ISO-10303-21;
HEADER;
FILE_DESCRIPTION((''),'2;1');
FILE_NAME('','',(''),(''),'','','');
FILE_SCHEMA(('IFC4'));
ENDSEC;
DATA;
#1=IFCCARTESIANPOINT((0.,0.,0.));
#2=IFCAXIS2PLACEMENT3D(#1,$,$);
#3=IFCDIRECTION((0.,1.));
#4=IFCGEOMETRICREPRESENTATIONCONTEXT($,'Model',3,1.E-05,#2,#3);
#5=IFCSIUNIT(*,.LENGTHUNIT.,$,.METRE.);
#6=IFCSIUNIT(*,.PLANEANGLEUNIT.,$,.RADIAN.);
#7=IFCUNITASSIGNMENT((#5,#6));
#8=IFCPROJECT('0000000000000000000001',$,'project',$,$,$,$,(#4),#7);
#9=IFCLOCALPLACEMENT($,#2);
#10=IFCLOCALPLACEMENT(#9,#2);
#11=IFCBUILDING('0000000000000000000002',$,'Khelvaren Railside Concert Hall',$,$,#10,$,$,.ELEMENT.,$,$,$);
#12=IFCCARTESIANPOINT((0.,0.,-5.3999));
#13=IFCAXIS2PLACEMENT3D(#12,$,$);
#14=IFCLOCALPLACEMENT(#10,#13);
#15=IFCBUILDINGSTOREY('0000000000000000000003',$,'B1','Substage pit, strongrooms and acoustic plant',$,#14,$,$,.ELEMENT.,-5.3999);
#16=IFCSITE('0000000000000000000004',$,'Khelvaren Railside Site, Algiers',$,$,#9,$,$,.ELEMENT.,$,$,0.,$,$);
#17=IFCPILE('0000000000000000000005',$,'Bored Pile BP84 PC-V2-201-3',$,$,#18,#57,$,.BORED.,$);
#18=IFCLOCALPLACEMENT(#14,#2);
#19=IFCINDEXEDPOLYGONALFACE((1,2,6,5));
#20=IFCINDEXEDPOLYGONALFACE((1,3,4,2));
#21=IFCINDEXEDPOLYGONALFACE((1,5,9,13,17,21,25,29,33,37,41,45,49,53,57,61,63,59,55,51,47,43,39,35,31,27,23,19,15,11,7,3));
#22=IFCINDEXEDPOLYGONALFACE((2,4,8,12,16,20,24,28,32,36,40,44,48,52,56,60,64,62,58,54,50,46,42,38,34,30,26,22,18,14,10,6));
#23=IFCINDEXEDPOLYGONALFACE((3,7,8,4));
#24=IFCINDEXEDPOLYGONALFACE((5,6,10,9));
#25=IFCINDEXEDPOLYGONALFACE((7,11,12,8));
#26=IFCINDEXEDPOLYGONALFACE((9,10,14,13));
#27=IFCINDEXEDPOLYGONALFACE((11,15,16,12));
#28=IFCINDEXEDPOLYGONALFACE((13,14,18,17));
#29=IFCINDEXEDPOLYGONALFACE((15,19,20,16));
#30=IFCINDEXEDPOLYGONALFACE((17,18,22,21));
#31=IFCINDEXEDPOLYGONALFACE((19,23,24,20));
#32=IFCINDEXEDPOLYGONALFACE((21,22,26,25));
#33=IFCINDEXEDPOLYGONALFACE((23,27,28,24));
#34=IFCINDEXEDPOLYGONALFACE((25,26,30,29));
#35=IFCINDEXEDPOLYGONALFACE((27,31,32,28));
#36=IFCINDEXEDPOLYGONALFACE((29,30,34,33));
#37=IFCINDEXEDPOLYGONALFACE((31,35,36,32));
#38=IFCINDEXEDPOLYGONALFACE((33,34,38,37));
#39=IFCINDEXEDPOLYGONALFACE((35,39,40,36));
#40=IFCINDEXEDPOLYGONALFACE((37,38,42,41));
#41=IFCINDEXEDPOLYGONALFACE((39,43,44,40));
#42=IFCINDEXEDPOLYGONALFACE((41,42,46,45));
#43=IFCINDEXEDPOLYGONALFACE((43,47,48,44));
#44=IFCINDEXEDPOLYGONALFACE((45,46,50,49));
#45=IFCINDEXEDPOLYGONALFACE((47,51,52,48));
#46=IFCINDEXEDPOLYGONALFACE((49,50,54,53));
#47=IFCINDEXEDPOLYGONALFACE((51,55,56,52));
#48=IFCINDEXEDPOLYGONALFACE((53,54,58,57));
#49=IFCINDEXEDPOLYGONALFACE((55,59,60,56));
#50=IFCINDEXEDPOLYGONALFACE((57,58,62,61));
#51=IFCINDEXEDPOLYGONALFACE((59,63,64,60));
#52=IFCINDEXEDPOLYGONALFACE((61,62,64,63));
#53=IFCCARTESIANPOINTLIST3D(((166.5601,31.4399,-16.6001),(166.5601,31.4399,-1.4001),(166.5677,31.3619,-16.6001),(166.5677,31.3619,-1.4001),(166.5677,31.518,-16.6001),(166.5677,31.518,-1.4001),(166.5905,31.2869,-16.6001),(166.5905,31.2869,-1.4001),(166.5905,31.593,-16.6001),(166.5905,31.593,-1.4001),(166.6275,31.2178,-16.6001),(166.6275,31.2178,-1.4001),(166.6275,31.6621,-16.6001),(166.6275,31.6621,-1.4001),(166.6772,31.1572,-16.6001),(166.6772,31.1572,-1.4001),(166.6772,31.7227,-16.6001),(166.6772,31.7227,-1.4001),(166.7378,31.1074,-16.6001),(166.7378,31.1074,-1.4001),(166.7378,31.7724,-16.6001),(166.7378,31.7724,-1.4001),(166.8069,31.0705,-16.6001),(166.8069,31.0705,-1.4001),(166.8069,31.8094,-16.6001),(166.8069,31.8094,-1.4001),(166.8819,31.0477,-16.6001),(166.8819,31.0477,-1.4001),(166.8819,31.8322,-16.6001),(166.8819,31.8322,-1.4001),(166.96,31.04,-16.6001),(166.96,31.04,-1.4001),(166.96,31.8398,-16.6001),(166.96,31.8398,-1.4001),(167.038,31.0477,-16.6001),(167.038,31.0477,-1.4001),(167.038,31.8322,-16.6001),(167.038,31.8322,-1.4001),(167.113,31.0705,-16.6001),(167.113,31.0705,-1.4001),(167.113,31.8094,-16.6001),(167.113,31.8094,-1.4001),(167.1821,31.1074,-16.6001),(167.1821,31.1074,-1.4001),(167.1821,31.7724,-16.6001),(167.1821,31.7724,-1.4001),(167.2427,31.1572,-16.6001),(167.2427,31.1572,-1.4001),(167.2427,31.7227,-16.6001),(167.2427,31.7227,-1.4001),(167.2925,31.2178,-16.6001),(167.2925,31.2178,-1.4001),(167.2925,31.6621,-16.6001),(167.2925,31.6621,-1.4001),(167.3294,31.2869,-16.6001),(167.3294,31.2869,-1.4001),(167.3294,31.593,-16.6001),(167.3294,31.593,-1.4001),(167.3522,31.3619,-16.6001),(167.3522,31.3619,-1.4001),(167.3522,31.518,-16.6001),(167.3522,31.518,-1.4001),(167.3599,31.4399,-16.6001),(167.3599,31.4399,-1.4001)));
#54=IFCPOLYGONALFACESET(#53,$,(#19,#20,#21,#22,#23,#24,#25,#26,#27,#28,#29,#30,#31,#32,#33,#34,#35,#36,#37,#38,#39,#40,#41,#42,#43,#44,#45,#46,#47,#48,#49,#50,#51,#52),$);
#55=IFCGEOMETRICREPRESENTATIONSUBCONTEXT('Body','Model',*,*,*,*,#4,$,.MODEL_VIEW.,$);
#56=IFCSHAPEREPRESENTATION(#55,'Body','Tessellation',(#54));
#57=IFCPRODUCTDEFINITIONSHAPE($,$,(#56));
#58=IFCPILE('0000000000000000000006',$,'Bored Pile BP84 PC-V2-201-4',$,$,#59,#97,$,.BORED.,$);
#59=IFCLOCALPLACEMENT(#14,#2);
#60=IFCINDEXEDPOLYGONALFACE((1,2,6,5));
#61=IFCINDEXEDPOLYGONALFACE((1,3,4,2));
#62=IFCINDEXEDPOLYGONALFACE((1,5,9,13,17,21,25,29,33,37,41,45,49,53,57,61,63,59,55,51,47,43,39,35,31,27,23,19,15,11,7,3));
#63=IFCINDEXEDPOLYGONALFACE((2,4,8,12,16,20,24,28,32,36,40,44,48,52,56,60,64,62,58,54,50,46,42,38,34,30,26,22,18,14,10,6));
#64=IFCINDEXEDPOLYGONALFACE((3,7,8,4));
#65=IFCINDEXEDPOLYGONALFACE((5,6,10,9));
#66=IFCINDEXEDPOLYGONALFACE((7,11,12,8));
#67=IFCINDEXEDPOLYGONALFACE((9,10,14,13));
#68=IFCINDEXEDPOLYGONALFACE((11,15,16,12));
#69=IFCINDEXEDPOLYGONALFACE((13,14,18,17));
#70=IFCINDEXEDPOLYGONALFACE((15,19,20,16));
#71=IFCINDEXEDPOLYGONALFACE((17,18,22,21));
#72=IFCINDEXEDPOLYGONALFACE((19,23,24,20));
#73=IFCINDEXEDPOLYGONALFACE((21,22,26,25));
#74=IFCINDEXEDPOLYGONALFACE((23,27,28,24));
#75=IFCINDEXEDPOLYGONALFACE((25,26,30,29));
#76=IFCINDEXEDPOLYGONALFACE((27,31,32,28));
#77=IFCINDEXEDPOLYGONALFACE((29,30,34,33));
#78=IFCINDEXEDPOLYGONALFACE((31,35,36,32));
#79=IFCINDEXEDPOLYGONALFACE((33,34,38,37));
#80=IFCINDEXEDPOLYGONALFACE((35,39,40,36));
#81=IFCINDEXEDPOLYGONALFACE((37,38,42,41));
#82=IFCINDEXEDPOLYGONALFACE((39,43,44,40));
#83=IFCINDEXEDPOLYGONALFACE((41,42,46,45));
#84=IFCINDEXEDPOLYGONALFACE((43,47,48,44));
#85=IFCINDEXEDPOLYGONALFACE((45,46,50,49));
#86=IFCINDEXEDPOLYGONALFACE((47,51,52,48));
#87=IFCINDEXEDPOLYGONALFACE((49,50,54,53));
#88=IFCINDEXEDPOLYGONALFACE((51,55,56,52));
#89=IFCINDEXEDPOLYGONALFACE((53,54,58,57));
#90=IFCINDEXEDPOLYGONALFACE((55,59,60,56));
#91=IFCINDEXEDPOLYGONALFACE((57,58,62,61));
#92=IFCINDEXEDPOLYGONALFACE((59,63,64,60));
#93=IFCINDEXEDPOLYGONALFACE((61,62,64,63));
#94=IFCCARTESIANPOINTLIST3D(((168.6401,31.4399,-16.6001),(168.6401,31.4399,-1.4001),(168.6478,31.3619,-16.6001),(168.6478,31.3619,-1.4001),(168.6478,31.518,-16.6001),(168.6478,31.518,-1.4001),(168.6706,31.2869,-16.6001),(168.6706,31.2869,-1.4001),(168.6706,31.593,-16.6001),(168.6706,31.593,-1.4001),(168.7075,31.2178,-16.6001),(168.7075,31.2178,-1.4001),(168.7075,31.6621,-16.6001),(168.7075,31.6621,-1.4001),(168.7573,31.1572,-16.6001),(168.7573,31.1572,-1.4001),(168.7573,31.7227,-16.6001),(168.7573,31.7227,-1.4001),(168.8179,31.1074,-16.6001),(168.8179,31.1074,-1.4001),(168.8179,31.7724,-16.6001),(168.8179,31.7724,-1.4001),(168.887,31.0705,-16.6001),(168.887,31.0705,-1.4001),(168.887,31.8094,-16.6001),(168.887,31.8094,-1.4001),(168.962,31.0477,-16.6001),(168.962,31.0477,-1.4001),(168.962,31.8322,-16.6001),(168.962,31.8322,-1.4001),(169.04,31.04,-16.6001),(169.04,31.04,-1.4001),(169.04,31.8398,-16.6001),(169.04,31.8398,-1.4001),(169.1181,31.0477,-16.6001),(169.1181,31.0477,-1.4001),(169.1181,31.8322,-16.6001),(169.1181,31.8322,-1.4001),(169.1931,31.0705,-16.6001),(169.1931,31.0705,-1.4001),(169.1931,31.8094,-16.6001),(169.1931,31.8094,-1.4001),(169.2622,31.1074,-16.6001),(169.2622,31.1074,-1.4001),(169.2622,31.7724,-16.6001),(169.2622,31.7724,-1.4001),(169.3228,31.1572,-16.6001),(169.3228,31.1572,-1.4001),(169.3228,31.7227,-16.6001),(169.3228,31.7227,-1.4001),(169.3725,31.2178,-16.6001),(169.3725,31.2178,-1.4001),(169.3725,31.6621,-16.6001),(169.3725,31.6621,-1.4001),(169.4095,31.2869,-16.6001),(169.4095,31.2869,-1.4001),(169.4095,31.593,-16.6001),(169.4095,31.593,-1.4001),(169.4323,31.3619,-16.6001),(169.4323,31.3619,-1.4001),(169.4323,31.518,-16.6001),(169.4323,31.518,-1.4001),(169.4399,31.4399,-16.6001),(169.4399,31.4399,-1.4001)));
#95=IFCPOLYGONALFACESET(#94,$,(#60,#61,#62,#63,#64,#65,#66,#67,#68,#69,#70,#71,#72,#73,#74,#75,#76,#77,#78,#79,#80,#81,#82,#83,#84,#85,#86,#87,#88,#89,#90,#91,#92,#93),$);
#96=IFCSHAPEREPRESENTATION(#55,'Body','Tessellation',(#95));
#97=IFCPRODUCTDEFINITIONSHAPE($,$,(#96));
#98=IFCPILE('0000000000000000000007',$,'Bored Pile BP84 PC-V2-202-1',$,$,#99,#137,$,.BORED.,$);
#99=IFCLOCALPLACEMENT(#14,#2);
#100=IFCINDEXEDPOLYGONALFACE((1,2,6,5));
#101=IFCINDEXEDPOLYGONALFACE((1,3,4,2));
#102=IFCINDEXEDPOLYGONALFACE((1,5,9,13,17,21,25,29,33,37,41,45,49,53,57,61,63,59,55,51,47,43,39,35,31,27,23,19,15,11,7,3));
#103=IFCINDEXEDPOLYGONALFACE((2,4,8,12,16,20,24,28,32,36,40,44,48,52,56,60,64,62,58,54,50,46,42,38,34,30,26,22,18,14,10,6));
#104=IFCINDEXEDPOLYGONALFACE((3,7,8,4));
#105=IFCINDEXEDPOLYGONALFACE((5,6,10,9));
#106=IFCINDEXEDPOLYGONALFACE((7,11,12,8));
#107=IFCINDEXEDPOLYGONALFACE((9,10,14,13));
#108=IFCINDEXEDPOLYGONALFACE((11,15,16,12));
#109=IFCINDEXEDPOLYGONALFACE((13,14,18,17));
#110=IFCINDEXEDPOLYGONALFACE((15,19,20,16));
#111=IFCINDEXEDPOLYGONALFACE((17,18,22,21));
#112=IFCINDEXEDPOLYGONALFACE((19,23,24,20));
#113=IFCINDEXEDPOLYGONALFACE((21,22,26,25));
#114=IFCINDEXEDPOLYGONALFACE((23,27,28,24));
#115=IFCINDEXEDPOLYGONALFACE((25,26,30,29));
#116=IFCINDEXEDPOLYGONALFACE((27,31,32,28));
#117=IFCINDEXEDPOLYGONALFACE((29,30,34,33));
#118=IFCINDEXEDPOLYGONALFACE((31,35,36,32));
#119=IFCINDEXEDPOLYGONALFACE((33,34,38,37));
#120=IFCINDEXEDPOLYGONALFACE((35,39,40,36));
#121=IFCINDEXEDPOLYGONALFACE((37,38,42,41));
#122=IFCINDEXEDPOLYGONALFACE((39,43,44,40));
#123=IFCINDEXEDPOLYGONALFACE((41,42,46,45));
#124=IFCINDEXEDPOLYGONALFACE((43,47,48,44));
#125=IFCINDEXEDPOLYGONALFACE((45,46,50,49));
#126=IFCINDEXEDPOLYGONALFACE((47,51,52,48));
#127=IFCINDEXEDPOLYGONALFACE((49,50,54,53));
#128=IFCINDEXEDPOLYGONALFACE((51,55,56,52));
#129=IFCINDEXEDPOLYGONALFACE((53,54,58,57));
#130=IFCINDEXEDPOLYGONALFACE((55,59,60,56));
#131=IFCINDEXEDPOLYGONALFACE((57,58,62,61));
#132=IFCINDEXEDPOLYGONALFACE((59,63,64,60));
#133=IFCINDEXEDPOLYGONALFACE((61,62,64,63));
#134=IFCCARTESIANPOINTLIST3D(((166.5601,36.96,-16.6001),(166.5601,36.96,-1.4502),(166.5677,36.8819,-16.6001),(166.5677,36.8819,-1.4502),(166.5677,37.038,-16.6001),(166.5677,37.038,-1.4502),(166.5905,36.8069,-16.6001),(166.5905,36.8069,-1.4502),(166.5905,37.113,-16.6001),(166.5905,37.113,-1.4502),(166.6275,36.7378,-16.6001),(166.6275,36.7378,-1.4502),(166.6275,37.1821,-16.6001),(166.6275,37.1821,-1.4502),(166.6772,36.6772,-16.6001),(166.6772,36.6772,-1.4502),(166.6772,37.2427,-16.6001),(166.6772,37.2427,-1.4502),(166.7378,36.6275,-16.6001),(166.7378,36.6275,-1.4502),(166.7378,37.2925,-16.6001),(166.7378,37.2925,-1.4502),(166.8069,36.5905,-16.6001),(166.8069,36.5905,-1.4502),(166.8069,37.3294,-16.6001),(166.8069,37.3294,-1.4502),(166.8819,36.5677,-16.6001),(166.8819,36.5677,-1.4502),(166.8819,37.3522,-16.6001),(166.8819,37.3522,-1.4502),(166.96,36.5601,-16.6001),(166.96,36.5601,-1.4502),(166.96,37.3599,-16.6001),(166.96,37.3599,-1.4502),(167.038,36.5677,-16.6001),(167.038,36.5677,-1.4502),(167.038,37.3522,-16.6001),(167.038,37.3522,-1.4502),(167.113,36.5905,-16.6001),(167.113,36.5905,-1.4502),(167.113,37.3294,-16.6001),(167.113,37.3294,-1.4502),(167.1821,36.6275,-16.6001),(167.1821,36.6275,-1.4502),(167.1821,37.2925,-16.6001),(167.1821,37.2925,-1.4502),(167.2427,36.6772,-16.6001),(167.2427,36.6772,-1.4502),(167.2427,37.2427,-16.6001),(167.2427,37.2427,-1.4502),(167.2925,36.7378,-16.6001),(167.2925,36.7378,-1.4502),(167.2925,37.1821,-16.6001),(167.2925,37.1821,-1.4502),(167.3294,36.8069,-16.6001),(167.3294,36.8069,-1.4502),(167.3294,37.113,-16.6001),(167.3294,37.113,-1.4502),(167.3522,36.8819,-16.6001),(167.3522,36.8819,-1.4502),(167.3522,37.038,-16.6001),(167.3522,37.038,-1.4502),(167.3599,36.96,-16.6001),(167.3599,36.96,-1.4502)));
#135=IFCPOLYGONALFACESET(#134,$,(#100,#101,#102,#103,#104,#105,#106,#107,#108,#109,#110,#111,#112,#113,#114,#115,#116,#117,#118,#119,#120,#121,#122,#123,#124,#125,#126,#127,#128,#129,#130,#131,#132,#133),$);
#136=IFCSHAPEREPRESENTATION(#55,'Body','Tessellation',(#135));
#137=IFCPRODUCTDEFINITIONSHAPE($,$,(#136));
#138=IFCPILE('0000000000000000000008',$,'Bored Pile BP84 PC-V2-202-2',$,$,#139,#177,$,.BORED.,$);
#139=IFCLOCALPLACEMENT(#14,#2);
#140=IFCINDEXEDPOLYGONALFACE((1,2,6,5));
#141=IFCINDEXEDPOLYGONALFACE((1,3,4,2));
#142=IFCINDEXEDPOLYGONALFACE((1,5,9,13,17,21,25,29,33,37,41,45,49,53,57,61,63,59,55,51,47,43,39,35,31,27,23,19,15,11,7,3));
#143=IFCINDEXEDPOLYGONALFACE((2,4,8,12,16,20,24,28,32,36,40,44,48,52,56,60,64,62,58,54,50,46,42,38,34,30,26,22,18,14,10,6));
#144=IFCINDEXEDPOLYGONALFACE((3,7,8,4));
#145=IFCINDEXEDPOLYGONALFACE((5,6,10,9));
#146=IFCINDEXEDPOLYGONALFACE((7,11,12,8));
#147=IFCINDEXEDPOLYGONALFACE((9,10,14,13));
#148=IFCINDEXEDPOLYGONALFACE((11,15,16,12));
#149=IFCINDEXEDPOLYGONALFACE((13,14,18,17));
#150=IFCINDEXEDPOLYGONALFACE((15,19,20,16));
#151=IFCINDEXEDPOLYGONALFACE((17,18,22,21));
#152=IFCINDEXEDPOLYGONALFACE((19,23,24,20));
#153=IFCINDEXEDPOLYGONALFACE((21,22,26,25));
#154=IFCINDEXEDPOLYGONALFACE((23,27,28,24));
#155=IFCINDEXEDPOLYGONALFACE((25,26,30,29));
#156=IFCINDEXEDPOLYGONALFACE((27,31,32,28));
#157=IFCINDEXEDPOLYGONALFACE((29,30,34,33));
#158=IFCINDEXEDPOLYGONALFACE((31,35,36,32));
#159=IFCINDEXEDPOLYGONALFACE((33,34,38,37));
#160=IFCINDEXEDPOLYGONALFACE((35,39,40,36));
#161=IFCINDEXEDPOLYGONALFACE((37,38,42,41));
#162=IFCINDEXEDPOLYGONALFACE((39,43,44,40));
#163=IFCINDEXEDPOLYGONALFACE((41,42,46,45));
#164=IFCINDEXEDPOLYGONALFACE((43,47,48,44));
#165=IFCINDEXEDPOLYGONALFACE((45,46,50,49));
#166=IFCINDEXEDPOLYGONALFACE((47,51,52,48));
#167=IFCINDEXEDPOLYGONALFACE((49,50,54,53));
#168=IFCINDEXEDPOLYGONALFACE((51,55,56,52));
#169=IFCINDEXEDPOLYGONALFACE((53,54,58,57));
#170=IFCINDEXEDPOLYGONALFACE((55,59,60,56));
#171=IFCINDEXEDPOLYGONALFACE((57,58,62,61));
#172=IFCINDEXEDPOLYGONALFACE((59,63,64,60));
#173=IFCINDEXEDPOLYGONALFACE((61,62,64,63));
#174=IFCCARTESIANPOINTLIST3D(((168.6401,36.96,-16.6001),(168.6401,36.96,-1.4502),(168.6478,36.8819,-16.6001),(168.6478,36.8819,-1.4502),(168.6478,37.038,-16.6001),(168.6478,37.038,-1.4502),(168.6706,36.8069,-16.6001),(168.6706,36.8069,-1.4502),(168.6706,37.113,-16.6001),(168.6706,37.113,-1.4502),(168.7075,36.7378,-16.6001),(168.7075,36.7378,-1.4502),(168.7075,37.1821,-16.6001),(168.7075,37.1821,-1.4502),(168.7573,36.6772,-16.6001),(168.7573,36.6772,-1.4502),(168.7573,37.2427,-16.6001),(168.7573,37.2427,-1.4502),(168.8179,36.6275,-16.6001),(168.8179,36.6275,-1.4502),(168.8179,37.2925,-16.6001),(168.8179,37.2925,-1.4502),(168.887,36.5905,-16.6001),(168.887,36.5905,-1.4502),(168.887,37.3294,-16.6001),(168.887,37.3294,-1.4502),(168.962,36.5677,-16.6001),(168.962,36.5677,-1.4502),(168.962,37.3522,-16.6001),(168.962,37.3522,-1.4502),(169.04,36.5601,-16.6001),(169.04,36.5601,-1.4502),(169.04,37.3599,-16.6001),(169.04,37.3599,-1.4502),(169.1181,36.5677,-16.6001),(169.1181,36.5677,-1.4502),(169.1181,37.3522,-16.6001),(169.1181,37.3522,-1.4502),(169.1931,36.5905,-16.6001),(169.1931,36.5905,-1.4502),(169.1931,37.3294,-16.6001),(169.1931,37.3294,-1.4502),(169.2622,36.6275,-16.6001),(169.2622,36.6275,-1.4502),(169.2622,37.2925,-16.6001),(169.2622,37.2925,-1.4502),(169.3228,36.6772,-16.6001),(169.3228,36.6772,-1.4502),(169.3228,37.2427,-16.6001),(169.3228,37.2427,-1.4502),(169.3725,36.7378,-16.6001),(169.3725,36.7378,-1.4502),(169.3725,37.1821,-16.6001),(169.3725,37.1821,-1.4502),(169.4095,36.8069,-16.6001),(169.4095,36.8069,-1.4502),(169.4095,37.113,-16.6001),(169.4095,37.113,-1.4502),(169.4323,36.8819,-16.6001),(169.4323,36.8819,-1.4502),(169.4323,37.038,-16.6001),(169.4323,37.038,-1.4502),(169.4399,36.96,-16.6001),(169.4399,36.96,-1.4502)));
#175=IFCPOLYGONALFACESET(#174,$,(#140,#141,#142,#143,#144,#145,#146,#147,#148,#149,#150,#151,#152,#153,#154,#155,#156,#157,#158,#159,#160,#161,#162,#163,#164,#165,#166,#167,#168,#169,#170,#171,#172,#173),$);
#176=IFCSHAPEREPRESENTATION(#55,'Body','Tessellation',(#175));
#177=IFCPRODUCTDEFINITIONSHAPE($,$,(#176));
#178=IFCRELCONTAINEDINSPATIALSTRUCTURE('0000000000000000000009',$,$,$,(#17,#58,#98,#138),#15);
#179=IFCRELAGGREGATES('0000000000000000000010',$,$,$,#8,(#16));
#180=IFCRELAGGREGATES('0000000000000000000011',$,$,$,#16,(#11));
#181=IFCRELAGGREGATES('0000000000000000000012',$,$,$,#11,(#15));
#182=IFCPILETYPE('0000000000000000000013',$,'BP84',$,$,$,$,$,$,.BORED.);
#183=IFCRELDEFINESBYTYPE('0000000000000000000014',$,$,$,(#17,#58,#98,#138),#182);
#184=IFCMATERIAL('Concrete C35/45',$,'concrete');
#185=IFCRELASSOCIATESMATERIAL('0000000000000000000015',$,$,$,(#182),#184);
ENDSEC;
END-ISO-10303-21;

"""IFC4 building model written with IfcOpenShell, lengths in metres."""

from ifc_helpers import new_model, si_unit, direction, frame, origin, origin_2d, place, context, subcontext, project, spatial, circle, extrude, material, material_profile, profile_set, type_object, element, save


model = new_model("IFC4")

# Units and contexts
model_context = context("Model", 3, precision=1e-05, world=origin(), true_north=direction((0.0, 1.0)))
body_context = subcontext(model_context, "Body", "Model", "MODEL_VIEW")
ifc_project = project(units=[si_unit("LENGTHUNIT", "METRE"), si_unit("PLANEANGLEUNIT", "RADIAN")], contexts=[model_context])

# Site, building, storey
site_placement = place(None, origin())
site = spatial("IfcSite", under=ifc_project, at=site_placement, Name="Khelvaren Railside Site, Algiers", CompositionType="ELEMENT", RefElevation=0.0)
building_placement = place(site_placement, origin())
building = spatial("IfcBuilding", under=site, at=building_placement, Name="Khelvaren Railside Concert Hall", CompositionType="ELEMENT")
storey_placement = place(building_placement, frame((0.0, 0.0, -5.3999)))
storey = spatial("IfcBuildingStorey", under=building, at=storey_placement, Name="B1", Description="Substage pit, strongrooms and acoustic plant", CompositionType="ELEMENT", Elevation=-5.3999)

# Piles
ifc_material_1 = material(Name="Concrete C35/45", Category="concrete")
ifc_material_profile_1 = material_profile(ifc_material_1, circle(Radius=0.3999, at=origin_2d()), Name="BP D800")
ifc_profile_set_1 = profile_set([ifc_material_profile_1], Name="Concrete C35/45")
pile_type_1 = type_object("IfcPileType", Name="BP84", PredefinedType="BORED", material=ifc_profile_set_1)
for number, where, z_axis, x_axis, name in (
    (1, (166.96, 31.4399, -1.4001), (0.0, 0.0, -1.0), (1.0, 0.0, 0.0), "Bored Pile BP84 PC-V2-201-3"),
    (2, (169.04, 31.4399, -1.4001), (0.0, 0.0, -1.0), (1.0, 0.0, 0.0), "Bored Pile BP84 PC-V2-201-4"),
):
    element("IfcPile", number, at=place(storey_placement, frame(where, z_axis=z_axis, x_axis=x_axis)), inside=storey, type_object=pile_type_1, Name=name, PredefinedType="BORED", context=body_context, shape_type="SweptSolid", body=[
        extrude(circle(Radius=0.3999, at=origin_2d()), origin(), (0.0, 0.0, 1.0), 15.2),
    ])
for number, where, z_axis, x_axis, name in (
    (3, (166.96, 36.96, -1.4502), (0.0, 0.0, -1.0), (1.0, 0.0, 0.0), "Bored Pile BP84 PC-V2-202-1"),
    (4, (169.04, 36.96, -1.4502), (0.0, 0.0, -1.0), (1.0, 0.0, 0.0), "Bored Pile BP84 PC-V2-202-2"),
):
    element("IfcPile", number, at=place(storey_placement, frame(where, z_axis=z_axis, x_axis=x_axis)), inside=storey, type_object=pile_type_1, Name=name, PredefinedType="BORED", context=body_context, shape_type="SweptSolid", body=[
        extrude(circle(Radius=0.3999, at=origin_2d()), origin(), (0.0, 0.0, 1.0), 15.1499),
    ])

save(model, "model.ifc")
